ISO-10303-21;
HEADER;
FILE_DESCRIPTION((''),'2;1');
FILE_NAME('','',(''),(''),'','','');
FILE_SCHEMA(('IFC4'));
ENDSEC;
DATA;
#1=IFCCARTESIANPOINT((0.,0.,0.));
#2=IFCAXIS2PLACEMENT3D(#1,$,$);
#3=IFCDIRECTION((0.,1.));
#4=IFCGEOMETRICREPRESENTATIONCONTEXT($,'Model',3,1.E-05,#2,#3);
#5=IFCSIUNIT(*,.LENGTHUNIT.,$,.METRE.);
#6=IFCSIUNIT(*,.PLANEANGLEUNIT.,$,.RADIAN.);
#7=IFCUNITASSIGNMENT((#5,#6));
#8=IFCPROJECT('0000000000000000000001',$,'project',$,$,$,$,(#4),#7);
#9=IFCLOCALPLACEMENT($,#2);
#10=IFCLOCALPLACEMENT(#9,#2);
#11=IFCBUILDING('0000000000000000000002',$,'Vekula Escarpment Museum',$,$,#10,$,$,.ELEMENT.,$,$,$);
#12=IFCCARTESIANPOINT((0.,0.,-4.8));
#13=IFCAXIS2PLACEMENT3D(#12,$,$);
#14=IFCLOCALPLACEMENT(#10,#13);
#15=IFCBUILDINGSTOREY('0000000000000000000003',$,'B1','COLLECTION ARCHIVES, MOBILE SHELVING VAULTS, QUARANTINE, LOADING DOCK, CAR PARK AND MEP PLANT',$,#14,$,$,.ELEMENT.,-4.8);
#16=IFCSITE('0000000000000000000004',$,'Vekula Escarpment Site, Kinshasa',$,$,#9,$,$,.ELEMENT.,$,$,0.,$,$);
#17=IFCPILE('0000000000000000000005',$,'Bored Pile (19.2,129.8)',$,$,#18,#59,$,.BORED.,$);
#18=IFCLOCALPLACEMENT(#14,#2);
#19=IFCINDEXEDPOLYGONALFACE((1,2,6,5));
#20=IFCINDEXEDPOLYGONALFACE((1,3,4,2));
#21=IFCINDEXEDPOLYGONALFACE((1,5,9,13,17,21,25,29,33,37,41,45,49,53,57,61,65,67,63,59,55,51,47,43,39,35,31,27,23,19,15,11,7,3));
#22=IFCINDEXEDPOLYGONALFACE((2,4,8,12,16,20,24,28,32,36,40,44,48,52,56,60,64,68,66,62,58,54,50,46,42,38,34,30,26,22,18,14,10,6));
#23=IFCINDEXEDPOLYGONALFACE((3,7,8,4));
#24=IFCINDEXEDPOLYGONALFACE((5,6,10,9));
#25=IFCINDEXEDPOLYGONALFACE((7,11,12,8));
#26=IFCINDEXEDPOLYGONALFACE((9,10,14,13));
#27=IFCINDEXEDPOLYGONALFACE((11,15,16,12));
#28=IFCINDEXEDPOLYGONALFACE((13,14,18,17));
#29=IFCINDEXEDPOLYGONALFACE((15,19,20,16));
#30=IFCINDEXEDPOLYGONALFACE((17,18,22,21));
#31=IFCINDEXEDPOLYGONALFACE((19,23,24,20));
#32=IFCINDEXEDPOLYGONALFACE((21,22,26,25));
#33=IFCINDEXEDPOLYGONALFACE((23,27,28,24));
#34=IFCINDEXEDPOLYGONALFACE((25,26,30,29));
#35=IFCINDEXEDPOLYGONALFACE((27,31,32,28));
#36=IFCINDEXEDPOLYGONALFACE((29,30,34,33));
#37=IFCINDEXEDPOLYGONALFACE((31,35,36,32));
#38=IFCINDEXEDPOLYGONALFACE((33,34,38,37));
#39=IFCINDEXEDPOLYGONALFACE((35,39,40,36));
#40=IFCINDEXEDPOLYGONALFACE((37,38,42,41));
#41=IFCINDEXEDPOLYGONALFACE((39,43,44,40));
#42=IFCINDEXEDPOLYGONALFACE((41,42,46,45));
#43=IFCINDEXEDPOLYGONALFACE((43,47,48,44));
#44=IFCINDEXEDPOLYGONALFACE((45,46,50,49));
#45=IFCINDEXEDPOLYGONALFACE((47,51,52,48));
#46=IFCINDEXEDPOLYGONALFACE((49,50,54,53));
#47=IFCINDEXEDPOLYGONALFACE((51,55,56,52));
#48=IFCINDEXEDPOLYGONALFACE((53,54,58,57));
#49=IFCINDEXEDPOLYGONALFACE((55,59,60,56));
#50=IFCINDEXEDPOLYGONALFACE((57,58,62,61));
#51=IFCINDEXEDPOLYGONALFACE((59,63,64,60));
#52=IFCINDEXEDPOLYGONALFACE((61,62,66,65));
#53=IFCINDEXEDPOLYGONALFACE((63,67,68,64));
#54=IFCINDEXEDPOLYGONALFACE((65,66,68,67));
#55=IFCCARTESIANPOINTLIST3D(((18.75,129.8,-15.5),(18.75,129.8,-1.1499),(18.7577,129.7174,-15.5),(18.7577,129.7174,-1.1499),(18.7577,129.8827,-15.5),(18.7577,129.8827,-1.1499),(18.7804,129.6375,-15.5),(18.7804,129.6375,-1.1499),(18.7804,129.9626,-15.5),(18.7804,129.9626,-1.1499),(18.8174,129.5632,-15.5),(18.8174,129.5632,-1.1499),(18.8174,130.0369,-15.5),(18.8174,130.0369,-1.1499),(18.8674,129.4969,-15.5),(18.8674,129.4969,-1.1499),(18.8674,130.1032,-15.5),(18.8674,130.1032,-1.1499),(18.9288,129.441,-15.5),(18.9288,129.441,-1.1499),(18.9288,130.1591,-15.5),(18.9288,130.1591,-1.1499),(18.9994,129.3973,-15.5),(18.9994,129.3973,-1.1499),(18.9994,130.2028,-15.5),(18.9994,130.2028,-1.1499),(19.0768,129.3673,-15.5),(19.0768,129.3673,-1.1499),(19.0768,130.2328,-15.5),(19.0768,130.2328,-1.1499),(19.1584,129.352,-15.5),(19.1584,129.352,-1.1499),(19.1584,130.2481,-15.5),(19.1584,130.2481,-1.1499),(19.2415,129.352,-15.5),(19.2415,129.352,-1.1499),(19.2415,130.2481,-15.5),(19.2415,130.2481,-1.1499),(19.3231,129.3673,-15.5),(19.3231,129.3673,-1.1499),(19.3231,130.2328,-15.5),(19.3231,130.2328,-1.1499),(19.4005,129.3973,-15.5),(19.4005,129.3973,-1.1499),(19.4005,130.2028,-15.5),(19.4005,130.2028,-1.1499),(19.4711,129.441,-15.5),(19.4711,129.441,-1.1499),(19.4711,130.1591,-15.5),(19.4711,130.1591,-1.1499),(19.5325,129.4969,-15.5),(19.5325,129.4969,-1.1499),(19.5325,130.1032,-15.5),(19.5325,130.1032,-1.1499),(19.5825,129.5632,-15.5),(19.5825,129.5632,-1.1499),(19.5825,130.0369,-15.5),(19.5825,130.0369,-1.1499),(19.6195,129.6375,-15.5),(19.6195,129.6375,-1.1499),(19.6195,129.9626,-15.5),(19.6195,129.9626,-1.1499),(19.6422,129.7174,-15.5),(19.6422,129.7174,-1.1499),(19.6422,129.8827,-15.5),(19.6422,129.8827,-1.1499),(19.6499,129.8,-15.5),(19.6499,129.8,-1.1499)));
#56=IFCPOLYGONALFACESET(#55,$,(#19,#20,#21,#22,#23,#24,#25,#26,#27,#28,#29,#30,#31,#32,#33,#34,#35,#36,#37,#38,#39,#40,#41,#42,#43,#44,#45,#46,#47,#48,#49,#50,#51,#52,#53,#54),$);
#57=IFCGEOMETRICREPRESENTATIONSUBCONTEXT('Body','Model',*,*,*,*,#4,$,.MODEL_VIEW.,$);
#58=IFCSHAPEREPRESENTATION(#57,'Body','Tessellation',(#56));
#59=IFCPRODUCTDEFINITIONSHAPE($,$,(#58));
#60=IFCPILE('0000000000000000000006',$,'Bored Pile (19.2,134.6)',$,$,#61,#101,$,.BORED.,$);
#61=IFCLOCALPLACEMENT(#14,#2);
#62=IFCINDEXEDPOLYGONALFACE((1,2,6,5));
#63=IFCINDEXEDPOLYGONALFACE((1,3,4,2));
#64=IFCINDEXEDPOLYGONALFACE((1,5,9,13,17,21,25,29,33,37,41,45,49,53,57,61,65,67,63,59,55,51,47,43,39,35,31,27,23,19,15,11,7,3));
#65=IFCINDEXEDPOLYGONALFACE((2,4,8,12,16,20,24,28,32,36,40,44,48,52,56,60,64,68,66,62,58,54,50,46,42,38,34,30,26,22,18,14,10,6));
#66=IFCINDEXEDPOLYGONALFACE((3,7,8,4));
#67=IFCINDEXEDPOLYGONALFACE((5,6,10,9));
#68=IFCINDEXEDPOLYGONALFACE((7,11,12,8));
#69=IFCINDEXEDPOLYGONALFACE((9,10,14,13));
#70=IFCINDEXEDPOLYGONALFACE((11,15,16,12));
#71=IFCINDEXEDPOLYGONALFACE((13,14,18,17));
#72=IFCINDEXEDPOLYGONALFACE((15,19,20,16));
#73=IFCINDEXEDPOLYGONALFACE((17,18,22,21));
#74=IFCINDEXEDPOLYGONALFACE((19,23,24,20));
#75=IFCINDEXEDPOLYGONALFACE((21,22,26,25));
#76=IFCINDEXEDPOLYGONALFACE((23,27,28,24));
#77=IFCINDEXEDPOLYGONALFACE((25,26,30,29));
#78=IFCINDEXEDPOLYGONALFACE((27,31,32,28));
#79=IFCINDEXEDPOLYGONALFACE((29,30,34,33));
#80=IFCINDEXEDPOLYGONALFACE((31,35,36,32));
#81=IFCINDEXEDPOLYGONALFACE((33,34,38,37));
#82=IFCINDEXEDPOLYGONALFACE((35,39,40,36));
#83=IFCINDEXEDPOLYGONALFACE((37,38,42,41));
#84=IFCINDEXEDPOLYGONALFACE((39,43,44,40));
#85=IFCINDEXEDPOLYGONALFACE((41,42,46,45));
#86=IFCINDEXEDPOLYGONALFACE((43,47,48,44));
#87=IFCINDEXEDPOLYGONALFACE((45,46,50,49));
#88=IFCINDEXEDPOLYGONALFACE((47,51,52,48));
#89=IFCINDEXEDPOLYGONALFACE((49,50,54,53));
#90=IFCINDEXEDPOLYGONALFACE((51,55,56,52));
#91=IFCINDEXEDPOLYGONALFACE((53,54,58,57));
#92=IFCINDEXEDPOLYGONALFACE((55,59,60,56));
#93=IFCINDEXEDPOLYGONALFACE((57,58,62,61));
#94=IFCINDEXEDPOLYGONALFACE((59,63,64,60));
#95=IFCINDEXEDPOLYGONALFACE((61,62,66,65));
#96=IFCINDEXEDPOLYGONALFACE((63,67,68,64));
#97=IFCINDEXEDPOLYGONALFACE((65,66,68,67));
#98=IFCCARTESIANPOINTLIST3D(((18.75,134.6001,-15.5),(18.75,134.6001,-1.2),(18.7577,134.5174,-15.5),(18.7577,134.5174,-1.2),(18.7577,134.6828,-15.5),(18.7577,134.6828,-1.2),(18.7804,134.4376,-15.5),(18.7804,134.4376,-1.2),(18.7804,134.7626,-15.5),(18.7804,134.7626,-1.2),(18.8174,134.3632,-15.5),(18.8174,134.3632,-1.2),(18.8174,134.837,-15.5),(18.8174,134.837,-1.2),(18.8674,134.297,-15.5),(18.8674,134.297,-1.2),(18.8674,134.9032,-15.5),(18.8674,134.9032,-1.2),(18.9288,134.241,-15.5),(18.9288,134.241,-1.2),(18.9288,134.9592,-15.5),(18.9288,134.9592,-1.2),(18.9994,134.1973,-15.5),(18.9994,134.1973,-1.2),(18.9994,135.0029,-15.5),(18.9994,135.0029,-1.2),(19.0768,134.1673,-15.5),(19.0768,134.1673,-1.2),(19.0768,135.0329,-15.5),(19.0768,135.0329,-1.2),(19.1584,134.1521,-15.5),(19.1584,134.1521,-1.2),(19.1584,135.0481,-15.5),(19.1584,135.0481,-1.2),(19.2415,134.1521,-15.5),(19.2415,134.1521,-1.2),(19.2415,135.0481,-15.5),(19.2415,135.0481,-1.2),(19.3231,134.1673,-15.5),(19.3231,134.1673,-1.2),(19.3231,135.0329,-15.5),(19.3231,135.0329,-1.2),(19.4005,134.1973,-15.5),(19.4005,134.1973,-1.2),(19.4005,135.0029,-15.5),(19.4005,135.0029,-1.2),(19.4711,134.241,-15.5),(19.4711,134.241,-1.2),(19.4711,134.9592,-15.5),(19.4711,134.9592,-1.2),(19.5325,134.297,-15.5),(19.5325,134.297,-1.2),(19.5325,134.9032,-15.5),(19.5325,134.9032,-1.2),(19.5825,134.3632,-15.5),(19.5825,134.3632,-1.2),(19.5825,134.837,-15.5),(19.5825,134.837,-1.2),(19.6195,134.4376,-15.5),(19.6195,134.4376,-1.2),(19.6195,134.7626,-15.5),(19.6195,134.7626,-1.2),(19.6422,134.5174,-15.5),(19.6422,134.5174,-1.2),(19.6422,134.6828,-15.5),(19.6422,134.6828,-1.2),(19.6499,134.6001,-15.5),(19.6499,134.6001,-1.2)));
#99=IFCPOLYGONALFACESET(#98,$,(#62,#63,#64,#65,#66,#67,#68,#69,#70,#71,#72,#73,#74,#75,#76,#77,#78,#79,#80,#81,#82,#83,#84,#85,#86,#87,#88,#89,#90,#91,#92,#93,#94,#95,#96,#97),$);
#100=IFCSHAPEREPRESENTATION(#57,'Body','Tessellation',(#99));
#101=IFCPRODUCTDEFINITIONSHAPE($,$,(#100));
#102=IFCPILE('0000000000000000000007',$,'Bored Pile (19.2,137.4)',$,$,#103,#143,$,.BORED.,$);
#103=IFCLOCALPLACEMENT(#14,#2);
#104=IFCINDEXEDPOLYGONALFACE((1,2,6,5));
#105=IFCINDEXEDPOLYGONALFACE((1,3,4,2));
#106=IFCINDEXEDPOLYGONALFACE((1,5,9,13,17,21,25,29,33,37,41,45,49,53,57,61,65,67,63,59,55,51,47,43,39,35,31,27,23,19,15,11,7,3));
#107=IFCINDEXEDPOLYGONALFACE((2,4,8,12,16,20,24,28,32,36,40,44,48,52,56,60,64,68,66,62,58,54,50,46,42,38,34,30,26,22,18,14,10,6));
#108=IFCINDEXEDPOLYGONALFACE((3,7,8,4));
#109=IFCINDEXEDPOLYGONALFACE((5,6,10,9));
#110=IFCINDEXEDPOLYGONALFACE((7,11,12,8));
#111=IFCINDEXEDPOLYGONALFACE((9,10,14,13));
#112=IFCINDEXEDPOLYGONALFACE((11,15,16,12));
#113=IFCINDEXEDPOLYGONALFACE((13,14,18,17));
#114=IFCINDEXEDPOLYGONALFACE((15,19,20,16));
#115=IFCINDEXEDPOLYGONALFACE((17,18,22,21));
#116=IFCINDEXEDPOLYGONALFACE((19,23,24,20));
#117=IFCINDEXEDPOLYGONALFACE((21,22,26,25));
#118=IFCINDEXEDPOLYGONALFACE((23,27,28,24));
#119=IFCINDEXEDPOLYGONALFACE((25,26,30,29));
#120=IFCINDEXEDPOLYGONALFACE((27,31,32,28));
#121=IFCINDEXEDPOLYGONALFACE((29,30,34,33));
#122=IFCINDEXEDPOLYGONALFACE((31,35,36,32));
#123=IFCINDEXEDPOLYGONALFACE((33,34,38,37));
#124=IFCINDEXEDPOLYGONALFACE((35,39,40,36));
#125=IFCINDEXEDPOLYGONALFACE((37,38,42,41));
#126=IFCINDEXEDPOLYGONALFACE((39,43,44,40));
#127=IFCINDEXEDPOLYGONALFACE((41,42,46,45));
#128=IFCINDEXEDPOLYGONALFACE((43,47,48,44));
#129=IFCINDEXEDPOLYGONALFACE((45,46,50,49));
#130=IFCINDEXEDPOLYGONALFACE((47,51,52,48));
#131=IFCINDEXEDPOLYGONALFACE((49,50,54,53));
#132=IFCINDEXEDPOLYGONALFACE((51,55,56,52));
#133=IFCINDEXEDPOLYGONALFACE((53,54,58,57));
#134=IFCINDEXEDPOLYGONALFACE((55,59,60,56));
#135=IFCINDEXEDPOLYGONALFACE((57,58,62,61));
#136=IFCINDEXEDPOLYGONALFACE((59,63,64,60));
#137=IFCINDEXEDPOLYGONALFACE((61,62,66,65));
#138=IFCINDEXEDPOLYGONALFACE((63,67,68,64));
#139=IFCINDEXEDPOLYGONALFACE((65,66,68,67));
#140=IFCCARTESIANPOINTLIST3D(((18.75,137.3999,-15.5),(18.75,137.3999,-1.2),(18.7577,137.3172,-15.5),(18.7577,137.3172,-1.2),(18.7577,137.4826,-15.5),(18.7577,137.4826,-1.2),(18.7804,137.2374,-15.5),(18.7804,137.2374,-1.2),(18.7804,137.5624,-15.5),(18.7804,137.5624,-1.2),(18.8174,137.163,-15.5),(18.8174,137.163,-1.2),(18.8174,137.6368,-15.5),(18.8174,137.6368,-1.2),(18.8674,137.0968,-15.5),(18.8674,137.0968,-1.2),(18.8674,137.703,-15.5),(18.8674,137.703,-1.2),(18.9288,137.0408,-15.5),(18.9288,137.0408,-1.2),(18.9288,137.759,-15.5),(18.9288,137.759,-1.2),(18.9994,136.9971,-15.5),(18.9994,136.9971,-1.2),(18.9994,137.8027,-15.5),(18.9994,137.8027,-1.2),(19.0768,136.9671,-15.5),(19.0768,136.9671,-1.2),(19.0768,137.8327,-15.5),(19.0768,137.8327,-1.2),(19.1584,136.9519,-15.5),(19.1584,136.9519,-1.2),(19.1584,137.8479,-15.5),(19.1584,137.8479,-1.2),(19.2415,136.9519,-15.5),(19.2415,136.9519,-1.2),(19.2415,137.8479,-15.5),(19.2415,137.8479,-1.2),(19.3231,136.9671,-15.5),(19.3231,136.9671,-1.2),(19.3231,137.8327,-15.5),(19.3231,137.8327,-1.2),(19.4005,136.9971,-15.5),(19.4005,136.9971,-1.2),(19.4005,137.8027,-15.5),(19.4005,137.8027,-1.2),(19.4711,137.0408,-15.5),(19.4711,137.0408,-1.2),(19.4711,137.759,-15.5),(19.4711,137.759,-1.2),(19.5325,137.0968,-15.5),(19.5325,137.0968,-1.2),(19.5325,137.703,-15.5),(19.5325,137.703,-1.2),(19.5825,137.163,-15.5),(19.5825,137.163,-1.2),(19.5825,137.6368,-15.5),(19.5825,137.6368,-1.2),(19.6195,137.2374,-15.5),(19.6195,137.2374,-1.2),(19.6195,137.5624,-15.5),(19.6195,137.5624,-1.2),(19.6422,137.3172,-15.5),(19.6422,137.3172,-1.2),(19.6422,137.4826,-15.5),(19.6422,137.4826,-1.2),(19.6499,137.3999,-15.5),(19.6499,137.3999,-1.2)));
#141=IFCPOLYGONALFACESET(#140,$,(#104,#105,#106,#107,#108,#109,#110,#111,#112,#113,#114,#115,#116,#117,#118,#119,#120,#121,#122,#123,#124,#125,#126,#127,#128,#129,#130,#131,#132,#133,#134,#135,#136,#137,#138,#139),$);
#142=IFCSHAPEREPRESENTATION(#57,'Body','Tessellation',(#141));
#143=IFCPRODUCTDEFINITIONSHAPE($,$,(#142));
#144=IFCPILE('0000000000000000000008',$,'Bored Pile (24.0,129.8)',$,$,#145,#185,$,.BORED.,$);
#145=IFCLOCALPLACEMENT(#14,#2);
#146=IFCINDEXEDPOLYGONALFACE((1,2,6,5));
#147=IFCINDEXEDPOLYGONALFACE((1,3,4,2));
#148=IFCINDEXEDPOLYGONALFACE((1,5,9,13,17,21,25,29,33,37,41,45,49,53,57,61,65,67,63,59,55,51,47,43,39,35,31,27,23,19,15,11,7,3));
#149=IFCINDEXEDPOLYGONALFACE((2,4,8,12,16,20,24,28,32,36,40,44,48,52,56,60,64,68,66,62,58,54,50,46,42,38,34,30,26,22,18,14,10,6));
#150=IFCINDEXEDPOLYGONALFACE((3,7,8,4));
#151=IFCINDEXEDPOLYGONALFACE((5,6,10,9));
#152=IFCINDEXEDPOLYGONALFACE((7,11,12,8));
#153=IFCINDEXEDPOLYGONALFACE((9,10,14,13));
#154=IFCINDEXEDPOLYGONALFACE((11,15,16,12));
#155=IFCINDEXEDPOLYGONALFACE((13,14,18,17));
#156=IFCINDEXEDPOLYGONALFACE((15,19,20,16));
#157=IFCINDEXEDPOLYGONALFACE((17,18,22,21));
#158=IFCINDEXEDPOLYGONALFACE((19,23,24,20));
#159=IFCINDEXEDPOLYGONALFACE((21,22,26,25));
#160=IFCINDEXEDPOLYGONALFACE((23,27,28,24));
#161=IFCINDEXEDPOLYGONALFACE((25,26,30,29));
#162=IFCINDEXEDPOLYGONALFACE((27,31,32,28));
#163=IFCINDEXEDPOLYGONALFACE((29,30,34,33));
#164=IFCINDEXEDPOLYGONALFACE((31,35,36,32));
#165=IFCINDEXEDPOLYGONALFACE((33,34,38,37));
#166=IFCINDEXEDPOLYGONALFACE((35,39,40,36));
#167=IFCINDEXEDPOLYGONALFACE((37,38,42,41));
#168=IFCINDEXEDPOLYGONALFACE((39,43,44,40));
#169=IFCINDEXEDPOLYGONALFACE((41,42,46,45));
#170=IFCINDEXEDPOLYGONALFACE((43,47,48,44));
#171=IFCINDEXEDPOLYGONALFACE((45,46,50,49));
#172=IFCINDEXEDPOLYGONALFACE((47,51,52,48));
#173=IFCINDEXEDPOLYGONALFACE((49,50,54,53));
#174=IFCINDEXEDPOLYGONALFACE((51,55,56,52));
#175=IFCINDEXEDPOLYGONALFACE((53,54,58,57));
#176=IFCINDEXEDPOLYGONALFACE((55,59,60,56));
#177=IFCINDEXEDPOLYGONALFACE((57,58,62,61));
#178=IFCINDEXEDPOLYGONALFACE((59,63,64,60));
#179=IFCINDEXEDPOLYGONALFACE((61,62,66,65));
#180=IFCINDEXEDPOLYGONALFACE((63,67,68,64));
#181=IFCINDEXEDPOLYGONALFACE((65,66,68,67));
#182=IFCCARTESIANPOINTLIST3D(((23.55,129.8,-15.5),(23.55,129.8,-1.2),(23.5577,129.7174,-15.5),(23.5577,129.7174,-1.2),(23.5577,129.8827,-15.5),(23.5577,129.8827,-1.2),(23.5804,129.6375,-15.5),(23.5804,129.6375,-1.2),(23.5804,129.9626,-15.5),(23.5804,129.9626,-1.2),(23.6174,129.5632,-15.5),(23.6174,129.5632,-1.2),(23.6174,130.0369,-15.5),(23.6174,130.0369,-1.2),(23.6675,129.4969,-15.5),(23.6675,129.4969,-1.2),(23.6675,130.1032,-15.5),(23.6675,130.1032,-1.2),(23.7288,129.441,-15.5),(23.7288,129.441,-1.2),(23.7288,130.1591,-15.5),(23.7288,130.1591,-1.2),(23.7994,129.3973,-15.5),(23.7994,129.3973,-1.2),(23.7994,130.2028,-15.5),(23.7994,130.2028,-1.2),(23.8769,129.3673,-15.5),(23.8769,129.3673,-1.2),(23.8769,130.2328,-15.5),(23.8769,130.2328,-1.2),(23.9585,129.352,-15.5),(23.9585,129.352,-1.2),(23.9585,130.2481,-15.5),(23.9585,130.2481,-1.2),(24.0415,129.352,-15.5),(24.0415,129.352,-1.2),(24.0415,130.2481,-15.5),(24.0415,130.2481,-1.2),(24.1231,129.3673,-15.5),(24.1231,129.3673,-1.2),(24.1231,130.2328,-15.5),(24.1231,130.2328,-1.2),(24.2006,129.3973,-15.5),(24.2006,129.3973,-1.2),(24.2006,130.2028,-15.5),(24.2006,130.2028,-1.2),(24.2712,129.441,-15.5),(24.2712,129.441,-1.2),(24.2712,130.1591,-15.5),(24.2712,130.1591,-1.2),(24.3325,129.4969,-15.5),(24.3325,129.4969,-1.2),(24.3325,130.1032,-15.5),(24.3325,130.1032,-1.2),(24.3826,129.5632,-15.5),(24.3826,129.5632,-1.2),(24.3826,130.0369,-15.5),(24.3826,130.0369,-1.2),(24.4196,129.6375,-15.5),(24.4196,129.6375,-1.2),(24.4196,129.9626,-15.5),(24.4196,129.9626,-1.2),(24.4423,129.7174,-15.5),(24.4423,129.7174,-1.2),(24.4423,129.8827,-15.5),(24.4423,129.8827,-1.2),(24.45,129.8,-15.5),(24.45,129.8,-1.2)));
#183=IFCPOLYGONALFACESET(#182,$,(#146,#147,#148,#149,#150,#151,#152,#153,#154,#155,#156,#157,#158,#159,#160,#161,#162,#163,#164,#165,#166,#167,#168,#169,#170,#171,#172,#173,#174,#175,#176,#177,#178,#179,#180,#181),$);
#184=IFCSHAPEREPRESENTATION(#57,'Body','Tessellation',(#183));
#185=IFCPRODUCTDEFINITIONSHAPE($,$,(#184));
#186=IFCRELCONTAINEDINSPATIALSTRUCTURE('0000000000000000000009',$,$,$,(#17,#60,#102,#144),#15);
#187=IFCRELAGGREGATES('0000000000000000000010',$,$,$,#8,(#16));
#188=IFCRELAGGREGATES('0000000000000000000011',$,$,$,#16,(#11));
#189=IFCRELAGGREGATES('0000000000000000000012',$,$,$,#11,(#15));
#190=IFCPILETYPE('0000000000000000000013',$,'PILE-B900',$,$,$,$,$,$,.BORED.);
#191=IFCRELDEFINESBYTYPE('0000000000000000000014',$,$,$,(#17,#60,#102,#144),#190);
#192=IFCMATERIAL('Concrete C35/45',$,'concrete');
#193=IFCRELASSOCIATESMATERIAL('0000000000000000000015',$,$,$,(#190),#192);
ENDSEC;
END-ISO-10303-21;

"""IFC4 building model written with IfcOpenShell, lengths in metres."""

from ifc_helpers import new_model, si_unit, direction, frame, origin, origin_2d, place, context, subcontext, project, spatial, circle, extrude, material, material_profile, profile_set, type_object, element, save


model = new_model("IFC4")

# Units and contexts
model_context = context("Model", 3, precision=1e-05, world=origin(), true_north=direction((0.0, 1.0)))
body_context = subcontext(model_context, "Body", "Model", "MODEL_VIEW")
ifc_project = project(units=[si_unit("LENGTHUNIT", "METRE"), si_unit("PLANEANGLEUNIT", "RADIAN")], contexts=[model_context])

# Site, building, storey
site_placement = place(None, origin())
site = spatial("IfcSite", under=ifc_project, at=site_placement, Name="Vekula Escarpment Site, Kinshasa", CompositionType="ELEMENT", RefElevation=0.0)
building_placement = place(site_placement, origin())
building = spatial("IfcBuilding", under=site, at=building_placement, Name="Vekula Escarpment Museum", CompositionType="ELEMENT")
storey_placement = place(building_placement, frame((0.0, 0.0, -4.8)))
storey = spatial("IfcBuildingStorey", under=building, at=storey_placement, Name="B1", Description="COLLECTION ARCHIVES, MOBILE SHELVING VAULTS, QUARANTINE, LOADING DOCK, CAR PARK AND MEP PLANT", CompositionType="ELEMENT", Elevation=-4.8)

# Piles
ifc_material_1 = material(Name="Concrete C35/45", Category="concrete")
ifc_material_profile_1 = material_profile(ifc_material_1, circle(Radius=0.45, at=origin_2d()), Name="BORED PILE 900")
ifc_profile_set_1 = profile_set([ifc_material_profile_1], Name="Concrete C35/45")
pile_type = type_object("IfcPileType", Name="PILE-B900", PredefinedType="BORED", material=ifc_profile_set_1)
for number, where, z_axis, x_axis, name in (
    (1, (19.2, 129.8, -1.1499), (0.0, 0.0, -1.0), (1.0, 0.0, 0.0), "Bored Pile (19.2,129.8)"),
):
    element("IfcPile", number, at=place(storey_placement, frame(where, z_axis=z_axis, x_axis=x_axis)), inside=storey, type_object=pile_type, Name=name, PredefinedType="BORED", context=body_context, shape_type="SweptSolid", body=[
        extrude(circle(Radius=0.45, at=origin_2d()), origin(), (0.0, 0.0, 1.0), 14.3501),
    ])
for number, where, z_axis, x_axis, name in (
    (2, (19.2, 134.6001, -1.2), (0.0, 0.0, -1.0), (1.0, 0.0, 0.0), "Bored Pile (19.2,134.6)"),
    (3, (19.2, 137.3999, -1.2), (0.0, 0.0, -1.0), (1.0, 0.0, 0.0), "Bored Pile (19.2,137.4)"),
    (4, (24.0, 129.8, -1.2), (0.0, 0.0, -1.0), (1.0, 0.0, 0.0), "Bored Pile (24.0,129.8)"),
):
    element("IfcPile", number, at=place(storey_placement, frame(where, z_axis=z_axis, x_axis=x_axis)), inside=storey, type_object=pile_type, Name=name, PredefinedType="BORED", context=body_context, shape_type="SweptSolid", body=[
        extrude(circle(Radius=0.45, at=origin_2d()), origin(), (0.0, 0.0, 1.0), 14.3),
    ])

save(model, "model.ifc")
